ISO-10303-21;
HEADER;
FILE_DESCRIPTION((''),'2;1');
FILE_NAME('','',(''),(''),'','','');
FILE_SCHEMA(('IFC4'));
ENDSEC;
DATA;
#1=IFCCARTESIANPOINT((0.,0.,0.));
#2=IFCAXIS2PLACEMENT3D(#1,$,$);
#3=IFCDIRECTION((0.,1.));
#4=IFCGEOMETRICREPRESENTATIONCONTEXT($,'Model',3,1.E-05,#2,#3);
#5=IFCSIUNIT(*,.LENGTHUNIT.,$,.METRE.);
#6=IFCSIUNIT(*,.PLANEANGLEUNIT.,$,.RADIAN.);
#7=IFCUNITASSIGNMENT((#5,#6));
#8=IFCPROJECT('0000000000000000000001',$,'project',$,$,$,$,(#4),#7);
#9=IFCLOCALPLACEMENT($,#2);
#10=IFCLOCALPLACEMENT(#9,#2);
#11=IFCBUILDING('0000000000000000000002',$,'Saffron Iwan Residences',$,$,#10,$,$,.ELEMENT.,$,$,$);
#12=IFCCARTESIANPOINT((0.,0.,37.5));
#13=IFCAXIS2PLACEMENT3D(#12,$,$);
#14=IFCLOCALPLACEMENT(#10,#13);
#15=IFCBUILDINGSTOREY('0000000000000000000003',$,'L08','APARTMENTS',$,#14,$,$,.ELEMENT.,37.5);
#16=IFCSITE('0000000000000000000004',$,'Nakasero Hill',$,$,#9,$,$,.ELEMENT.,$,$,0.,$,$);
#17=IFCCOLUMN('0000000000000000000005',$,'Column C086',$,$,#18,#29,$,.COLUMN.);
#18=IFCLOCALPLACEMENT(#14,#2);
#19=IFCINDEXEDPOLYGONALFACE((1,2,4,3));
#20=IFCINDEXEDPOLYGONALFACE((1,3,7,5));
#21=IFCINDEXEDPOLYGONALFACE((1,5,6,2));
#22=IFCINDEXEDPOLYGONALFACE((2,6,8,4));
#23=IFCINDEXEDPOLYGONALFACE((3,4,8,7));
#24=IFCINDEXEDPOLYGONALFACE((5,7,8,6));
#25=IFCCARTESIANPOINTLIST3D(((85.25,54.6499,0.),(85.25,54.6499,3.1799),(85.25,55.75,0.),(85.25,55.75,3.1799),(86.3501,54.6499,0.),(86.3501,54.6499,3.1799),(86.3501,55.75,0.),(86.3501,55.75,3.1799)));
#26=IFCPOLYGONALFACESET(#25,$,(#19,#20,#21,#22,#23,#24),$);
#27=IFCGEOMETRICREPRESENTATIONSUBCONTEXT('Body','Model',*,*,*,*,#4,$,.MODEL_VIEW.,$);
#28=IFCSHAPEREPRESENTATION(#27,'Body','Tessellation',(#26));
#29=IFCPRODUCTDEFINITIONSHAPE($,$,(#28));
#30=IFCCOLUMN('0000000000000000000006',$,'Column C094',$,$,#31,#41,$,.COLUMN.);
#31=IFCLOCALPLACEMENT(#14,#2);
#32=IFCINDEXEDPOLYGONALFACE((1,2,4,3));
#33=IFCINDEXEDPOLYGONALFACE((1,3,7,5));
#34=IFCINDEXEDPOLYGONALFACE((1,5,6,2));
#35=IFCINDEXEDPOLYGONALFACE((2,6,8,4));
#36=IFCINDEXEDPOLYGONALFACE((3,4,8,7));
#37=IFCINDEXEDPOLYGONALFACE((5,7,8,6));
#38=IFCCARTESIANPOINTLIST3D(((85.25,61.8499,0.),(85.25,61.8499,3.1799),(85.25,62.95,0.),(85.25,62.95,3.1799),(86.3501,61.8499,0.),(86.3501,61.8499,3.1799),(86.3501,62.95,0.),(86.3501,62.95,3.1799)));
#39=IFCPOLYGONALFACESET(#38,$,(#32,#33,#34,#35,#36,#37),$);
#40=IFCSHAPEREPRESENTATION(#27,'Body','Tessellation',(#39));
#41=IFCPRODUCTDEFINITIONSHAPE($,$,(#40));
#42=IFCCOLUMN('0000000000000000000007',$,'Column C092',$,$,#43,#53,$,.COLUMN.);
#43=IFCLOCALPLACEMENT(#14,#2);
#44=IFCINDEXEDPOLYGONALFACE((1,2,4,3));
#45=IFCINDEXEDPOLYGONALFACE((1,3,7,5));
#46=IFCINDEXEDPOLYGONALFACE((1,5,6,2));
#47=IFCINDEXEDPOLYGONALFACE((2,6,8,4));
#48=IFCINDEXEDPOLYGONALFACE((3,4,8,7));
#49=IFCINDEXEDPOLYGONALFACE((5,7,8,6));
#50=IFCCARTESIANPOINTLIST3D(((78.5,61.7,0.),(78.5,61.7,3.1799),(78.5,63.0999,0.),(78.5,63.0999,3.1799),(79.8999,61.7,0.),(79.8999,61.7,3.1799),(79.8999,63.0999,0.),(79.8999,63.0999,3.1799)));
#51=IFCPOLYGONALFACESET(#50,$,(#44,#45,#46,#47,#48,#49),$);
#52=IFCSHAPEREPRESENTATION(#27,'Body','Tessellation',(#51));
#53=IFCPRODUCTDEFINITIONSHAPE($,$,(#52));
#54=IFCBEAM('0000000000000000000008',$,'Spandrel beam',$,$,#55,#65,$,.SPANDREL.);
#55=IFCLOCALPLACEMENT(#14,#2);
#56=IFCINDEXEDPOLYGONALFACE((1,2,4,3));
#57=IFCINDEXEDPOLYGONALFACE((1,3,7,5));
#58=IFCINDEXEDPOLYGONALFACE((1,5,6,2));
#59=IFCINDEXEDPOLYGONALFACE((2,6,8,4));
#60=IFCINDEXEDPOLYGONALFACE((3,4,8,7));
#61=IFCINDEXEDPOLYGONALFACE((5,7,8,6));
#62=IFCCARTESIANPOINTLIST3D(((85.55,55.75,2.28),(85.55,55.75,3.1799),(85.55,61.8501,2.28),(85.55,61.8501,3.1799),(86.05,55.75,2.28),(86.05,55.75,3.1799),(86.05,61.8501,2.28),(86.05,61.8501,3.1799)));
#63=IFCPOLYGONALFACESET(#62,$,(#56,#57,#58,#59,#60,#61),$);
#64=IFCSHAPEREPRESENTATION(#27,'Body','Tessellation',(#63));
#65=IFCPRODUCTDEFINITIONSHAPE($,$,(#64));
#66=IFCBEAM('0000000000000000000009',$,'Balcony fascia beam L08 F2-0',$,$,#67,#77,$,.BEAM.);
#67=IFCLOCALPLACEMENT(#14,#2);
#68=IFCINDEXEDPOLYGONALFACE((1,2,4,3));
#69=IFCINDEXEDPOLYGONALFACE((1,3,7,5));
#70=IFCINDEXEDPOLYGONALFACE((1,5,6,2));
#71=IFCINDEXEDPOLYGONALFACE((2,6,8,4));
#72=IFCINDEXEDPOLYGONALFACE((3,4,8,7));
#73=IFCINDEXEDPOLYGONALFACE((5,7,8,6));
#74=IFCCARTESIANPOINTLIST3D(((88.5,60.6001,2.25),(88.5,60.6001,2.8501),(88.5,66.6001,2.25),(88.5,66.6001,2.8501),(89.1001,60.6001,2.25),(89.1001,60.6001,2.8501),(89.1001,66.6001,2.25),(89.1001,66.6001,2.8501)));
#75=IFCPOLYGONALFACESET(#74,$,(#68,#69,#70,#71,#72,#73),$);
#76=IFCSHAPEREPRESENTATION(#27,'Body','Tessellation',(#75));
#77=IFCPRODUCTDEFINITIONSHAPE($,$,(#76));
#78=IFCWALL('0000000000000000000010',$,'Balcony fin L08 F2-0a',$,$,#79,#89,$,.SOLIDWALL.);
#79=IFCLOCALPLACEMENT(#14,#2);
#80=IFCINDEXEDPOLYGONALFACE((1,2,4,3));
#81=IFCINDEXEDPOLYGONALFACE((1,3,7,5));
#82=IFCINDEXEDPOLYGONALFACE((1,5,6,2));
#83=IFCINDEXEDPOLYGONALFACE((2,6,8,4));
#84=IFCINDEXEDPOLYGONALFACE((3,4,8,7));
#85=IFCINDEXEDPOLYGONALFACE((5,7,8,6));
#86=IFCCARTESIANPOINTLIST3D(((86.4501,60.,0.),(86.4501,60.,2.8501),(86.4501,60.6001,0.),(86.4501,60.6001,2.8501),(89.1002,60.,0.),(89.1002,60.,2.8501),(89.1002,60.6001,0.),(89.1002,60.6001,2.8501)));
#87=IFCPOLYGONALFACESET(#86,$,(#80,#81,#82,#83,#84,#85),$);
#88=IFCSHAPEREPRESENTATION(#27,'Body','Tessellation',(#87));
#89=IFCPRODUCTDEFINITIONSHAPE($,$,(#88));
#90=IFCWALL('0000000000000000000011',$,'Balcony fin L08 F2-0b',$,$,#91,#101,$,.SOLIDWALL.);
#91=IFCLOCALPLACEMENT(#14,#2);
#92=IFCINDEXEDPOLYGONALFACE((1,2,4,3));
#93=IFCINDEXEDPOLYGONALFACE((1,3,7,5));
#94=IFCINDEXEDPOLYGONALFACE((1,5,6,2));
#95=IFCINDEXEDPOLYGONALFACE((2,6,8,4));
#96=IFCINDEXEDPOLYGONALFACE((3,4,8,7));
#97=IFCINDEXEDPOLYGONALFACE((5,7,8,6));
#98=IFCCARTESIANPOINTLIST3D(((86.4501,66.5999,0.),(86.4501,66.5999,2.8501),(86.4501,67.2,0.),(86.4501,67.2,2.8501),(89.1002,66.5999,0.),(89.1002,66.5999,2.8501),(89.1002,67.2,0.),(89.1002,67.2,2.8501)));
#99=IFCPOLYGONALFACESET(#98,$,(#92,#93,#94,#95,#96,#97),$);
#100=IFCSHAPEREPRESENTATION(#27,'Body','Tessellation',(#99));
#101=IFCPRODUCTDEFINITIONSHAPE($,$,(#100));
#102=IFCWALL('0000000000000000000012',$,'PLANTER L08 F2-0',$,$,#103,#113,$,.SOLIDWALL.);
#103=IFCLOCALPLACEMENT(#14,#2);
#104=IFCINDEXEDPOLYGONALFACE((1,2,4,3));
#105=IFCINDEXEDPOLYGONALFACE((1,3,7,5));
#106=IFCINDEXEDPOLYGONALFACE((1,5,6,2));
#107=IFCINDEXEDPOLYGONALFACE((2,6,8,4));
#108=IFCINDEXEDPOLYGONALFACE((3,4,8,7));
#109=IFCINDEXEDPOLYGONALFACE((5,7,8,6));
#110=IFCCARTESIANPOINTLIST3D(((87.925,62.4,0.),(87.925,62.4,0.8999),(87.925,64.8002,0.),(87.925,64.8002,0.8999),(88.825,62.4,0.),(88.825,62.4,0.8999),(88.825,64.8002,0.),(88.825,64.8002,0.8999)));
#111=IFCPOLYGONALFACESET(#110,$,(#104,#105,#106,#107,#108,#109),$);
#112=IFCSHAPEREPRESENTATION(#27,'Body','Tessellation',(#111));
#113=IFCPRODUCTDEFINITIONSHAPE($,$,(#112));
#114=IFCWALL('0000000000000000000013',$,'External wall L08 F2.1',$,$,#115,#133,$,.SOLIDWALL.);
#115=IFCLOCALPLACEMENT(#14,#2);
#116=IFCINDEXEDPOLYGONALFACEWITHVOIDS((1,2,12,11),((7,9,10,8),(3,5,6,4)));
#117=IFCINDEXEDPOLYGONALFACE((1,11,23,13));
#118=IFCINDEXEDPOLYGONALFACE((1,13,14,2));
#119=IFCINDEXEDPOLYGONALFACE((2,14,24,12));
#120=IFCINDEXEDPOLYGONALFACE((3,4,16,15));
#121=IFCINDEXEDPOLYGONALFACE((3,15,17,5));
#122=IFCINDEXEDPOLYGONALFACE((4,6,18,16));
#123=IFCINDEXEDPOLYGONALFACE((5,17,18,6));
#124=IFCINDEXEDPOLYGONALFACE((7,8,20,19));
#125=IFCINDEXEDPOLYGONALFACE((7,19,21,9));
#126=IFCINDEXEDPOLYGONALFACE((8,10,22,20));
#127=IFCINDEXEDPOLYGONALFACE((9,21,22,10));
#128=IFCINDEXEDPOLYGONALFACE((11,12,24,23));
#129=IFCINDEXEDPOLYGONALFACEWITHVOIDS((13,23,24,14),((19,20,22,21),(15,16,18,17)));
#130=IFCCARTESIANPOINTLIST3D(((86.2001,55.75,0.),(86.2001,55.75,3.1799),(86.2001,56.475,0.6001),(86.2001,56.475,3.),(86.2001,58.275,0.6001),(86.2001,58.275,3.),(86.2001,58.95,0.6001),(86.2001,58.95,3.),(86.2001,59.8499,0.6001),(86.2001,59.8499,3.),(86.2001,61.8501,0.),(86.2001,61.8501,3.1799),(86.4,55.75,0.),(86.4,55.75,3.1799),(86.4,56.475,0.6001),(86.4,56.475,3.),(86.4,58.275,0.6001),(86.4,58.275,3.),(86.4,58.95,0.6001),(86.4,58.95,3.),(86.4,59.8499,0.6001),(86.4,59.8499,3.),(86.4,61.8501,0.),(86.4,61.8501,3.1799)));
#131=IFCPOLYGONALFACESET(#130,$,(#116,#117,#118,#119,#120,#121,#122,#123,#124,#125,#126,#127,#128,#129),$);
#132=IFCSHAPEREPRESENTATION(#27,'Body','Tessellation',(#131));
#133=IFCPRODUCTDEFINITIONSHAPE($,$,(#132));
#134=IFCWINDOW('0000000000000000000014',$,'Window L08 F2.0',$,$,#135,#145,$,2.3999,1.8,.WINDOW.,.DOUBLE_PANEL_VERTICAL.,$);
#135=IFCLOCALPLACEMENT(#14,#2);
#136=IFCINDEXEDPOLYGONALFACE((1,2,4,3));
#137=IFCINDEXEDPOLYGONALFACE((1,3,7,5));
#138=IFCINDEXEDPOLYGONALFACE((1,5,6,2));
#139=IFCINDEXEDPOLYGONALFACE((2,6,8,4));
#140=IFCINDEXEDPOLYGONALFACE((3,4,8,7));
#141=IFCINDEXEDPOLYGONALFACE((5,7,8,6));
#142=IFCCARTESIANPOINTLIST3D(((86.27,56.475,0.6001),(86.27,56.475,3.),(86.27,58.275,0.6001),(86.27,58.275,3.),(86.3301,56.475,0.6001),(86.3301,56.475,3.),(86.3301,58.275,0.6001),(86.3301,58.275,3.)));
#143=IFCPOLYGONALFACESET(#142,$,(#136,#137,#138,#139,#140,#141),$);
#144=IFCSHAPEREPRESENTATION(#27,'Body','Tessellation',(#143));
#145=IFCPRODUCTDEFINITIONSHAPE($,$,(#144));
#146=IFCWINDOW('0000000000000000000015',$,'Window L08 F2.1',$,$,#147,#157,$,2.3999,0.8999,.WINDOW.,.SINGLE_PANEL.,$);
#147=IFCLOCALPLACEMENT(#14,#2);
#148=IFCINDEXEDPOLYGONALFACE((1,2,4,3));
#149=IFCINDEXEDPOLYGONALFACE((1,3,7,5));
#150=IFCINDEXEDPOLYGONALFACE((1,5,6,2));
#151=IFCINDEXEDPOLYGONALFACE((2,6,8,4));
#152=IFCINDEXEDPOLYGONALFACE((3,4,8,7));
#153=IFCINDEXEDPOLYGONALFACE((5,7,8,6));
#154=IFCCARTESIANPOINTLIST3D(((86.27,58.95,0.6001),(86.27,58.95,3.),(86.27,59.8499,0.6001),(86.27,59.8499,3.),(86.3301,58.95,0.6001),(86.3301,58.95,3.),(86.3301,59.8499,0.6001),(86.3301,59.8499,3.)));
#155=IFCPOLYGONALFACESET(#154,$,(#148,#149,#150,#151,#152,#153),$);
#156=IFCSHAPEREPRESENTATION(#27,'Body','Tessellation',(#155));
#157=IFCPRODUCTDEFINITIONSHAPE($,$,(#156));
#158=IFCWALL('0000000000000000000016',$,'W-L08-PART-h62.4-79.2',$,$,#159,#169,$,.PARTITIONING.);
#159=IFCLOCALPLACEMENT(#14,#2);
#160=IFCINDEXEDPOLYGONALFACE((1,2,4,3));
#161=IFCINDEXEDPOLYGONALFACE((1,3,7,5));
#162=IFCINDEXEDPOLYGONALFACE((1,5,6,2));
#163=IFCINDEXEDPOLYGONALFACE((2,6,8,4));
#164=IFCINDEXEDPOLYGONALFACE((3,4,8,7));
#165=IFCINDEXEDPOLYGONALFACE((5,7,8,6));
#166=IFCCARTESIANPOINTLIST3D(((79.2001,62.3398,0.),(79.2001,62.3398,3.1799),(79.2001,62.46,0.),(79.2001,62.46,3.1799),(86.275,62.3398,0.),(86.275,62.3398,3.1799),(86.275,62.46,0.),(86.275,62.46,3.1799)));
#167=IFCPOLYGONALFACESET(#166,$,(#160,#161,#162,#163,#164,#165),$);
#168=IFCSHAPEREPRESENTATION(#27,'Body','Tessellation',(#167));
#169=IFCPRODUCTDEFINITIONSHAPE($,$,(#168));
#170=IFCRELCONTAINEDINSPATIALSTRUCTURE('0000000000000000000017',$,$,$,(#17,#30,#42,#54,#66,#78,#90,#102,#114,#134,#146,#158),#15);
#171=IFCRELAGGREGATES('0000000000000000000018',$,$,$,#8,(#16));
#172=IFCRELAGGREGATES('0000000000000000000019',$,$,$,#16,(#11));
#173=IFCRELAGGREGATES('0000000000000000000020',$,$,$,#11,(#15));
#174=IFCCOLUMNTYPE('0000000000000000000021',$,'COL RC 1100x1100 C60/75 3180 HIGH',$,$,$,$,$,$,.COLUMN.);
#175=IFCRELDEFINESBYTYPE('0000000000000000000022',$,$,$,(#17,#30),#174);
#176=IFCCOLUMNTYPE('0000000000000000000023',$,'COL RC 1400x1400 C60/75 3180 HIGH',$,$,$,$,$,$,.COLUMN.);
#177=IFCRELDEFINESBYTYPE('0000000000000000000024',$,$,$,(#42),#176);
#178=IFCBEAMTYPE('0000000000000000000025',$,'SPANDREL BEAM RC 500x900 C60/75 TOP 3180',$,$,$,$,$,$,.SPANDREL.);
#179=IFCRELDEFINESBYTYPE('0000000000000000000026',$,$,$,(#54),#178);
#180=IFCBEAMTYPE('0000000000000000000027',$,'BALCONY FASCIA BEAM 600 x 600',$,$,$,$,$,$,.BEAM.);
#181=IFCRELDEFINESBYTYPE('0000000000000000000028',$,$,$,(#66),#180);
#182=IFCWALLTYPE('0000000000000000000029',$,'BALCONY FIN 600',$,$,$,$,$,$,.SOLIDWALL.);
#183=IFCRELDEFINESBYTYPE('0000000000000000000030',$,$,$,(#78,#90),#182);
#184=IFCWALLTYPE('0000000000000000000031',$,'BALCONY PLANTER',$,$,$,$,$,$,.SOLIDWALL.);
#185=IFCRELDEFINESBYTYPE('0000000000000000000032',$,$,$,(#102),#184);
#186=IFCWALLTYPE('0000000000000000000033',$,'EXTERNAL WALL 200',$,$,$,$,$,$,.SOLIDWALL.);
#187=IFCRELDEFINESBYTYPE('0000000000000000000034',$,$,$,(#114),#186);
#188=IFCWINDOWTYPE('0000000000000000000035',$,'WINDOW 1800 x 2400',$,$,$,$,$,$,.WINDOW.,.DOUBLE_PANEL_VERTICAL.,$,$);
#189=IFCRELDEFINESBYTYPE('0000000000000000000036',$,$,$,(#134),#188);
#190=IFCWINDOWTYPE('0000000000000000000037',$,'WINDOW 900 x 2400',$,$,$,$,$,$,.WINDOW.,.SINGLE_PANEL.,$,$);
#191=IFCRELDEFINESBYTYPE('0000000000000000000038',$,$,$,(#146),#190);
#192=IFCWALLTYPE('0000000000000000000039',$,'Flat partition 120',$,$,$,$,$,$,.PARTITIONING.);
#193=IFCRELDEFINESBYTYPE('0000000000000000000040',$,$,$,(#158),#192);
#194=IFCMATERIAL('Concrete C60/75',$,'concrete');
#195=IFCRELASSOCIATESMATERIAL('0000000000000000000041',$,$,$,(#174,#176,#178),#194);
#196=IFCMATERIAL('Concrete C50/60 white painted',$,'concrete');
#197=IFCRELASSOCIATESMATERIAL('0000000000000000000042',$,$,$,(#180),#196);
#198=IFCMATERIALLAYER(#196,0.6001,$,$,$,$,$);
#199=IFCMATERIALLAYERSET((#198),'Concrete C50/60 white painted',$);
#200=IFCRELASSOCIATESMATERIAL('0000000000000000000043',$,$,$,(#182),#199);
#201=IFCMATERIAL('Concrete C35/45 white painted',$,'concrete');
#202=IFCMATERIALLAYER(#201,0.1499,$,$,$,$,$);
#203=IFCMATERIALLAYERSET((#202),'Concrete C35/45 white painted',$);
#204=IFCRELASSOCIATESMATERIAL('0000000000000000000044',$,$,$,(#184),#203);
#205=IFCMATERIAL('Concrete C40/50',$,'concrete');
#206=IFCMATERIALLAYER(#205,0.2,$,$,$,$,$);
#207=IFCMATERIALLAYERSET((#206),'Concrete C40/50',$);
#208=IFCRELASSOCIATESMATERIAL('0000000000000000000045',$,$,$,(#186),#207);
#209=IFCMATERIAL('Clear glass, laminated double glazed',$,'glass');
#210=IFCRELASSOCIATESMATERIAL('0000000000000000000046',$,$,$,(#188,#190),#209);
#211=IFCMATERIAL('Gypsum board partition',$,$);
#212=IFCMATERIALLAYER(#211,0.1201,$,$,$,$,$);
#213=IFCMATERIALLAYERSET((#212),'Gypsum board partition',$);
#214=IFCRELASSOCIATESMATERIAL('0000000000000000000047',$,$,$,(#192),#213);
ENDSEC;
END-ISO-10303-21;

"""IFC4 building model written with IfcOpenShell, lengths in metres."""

from ifc_helpers import new_model, si_unit, direction, frame, frame_2d, origin, origin_2d, place, context, subcontext, project, spatial, rectangle, extrude, source, transform, mapped, material, layer, layer_set, material_profile, profile_set, type_object, element, fill, save


model = new_model("IFC4")

# Units and contexts
model_context = context("Model", 3, precision=1e-05, world=origin(), true_north=direction((0.0, 1.0)))
body_context = subcontext(model_context, "Body", "Model", "MODEL_VIEW")
ifc_project = project(units=[si_unit("LENGTHUNIT", "METRE"), si_unit("PLANEANGLEUNIT", "RADIAN")], contexts=[model_context])

# Site, building, storey
site_placement = place(None, origin())
site = spatial("IfcSite", under=ifc_project, at=site_placement, Name="Nakasero Hill", CompositionType="ELEMENT", RefElevation=0.0)
building_placement = place(site_placement, origin())
building = spatial("IfcBuilding", under=site, at=building_placement, Name="Saffron Iwan Residences", CompositionType="ELEMENT")
storey_placement = place(building_placement, frame((0.0, 0.0, 37.5)))
storey = spatial("IfcBuildingStorey", under=building, at=storey_placement, Name="L08", Description="APARTMENTS", CompositionType="ELEMENT", Elevation=37.5)

# Columns
ifc_material_1 = material(Name="Concrete C60/75", Category="concrete")
ifc_material_profile_1 = material_profile(ifc_material_1, rectangle(XDim=1.1001, YDim=1.1001, at=origin_2d()), Name="RC 1100x1100")
ifc_profile_set_1 = profile_set([ifc_material_profile_1], Name="Concrete C60/75")
column_type_1 = type_object("IfcColumnType", Name="COL RC 1100x1100 C60/75 3180 HIGH", PredefinedType="COLUMN", material=ifc_profile_set_1)
shared_shape_1 = source(origin(), body_context, "Body", "SweptSolid", [
    extrude(rectangle(XDim=1.1001, YDim=1.1001, at=origin_2d()), origin(), (0.0, 0.0, 1.0), 3.1799),
])
for number, where, z_axis, x_axis, name in (
    (1, (85.8, 55.2, 0.0), (0.0, 0.0, 1.0), (1.0, 0.0, 0.0), "Column C086"),
    (2, (85.8, 62.3999, 0.0), (0.0, 0.0, 1.0), (1.0, 0.0, 0.0), "Column C094"),
):
    element("IfcColumn", number, at=place(storey_placement, frame(where, z_axis=z_axis, x_axis=x_axis)), inside=storey, type_object=column_type_1, Name=name, PredefinedType="COLUMN", context=body_context, shape_type="MappedRepresentation", body=[
        mapped(shared_shape_1, transform((0.0, 0.0, 0.0))),
    ])
ifc_material_profile_2 = material_profile(ifc_material_1, rectangle(XDim=1.3999, YDim=1.3999, at=origin_2d()), Name="RC 1400x1400")
ifc_profile_set_2 = profile_set([ifc_material_profile_2], Name="Concrete C60/75")
column_type_2 = type_object("IfcColumnType", Name="COL RC 1400x1400 C60/75 3180 HIGH", PredefinedType="COLUMN", material=ifc_profile_set_2)
shared_shape_2 = source(origin(), body_context, "Body", "SweptSolid", [
    extrude(rectangle(XDim=1.3999, YDim=1.3999, at=origin_2d()), origin(), (0.0, 0.0, 1.0), 3.1799),
])
column_placement = place(storey_placement, frame((79.2, 62.3999, 0.0), z_axis=(0.0, 0.0, 1.0), x_axis=(1.0, 0.0, 0.0)))
element("IfcColumn", 3, at=column_placement, inside=storey, type_object=column_type_2, Name="Column C092", PredefinedType="COLUMN", context=body_context, shape_type="MappedRepresentation", body=[
    mapped(shared_shape_2, transform((0.0, 0.0, 0.0))),
])

# Beams
ifc_material_profile_3 = material_profile(ifc_material_1, rectangle(XDim=0.5, YDim=0.8999, at=origin_2d()), Name="RC 500x900")
ifc_profile_set_3 = profile_set([ifc_material_profile_3], Name="Concrete C60/75")
beam_type_1 = type_object("IfcBeamType", Name="SPANDREL BEAM RC 500x900 C60/75 TOP 3180", PredefinedType="SPANDREL", material=ifc_profile_set_3)
shared_shape_3 = source(origin(), body_context, "Body", "SweptSolid", [
    extrude(rectangle(XDim=0.5, YDim=0.8999, at=origin_2d()), origin(), (0.0, 0.0, 1.0), 6.1001),
])
beam_1_placement = place(storey_placement, frame((85.8, 61.8501, 2.73), z_axis=(0.0, -1.0, 0.0), x_axis=(1.0, 0.0, 0.0)))
element("IfcBeam", 4, at=beam_1_placement, inside=storey, type_object=beam_type_1, Name="Spandrel beam", PredefinedType="SPANDREL", context=body_context, shape_type="MappedRepresentation", body=[
    mapped(shared_shape_3, transform((0.0, 0.0, 0.0))),
])
ifc_material_2 = material(Name="Concrete C50/60 white painted", Category="concrete")
ifc_material_profile_4 = material_profile(ifc_material_2, rectangle(XDim=0.6001, YDim=0.6001, at=origin_2d()), Name="BALCONY FASCIA BEAM 600 x 600")
ifc_profile_set_4 = profile_set([ifc_material_profile_4], Name="Concrete C50/60 white painted")
beam_type_2 = type_object("IfcBeamType", Name="BALCONY FASCIA BEAM 600 x 600", PredefinedType="BEAM", material=ifc_profile_set_4)
shared_shape_4 = source(origin(), body_context, "Body", "SweptSolid", [
    extrude(rectangle(XDim=0.6001, YDim=0.6001, at=origin_2d()), origin(), (0.0, 0.0, 1.0), 6.0),
])
beam_2_placement = place(storey_placement, frame((88.8, 60.6001, 2.55), z_axis=(0.0, 1.0, 0.0), x_axis=(-1.0, 0.0, 0.0)))
element("IfcBeam", 5, at=beam_2_placement, inside=storey, type_object=beam_type_2, Name="Balcony fascia beam L08 F2-0", PredefinedType="BEAM", context=body_context, shape_type="MappedRepresentation", body=[
    mapped(shared_shape_4, transform((0.0, 0.0, 0.0))),
])

# Walls
ifc_layer_1 = layer(ifc_material_2, 0.6001)
ifc_layer_set_1 = layer_set([ifc_layer_1], Name="Concrete C50/60 white painted")
wall_type_1 = type_object("IfcWallType", Name="BALCONY FIN 600", PredefinedType="SOLIDWALL", material=ifc_layer_set_1)
for number, where, z_axis, x_axis, name in (
    (6, (86.45, 60.3, 0.0), (0.0, 0.0, 1.0), (1.0, 0.0, 0.0), "Balcony fin L08 F2-0a"),
    (7, (86.45, 66.8999, 0.0), (0.0, 0.0, 1.0), (1.0, 0.0, 0.0), "Balcony fin L08 F2-0b"),
):
    element("IfcWall", number, at=place(storey_placement, frame(where, z_axis=z_axis, x_axis=x_axis)), inside=storey, type_object=wall_type_1, Name=name, PredefinedType="SOLIDWALL", context=body_context, shape_type="SweptSolid", body=[
        extrude(rectangle(XDim=2.6501, YDim=0.6001, at=frame_2d((1.3252, 0.0))), origin(), (0.0, 0.0, 1.0), 2.8501),
    ])
ifc_material_3 = material(Name="Concrete C35/45 white painted", Category="concrete")
ifc_layer_2 = layer(ifc_material_3, 0.1499)
ifc_layer_set_2 = layer_set([ifc_layer_2], Name="Concrete C35/45 white painted")
wall_type_2 = type_object("IfcWallType", Name="BALCONY PLANTER", PredefinedType="SOLIDWALL", material=ifc_layer_set_2)
wall_1_placement = place(storey_placement, frame((88.375, 62.3999, 0.0), z_axis=(0.0, 0.0, 1.0), x_axis=(0.0, 1.0, 0.0)))
element("IfcWall", 8, at=wall_1_placement, inside=storey, type_object=wall_type_2, Name="PLANTER L08 F2-0", PredefinedType="SOLIDWALL", context=body_context, shape_type="SweptSolid", body=[
    extrude(rectangle(XDim=2.4001, YDim=0.8999, at=frame_2d((1.2002, 0.0))), origin(), (0.0, 0.0, 1.0), 0.8999),
])

# Wall, openings, windows
ifc_material_4 = material(Name="Concrete C40/50", Category="concrete")
ifc_layer_3 = layer(ifc_material_4, 0.2)
ifc_layer_set_3 = layer_set([ifc_layer_3], Name="Concrete C40/50")
wall_type_3 = type_object("IfcWallType", Name="EXTERNAL WALL 200", PredefinedType="SOLIDWALL", material=ifc_layer_set_3)
wall_2_placement = place(storey_placement, frame((86.3, 55.75, 0.0), z_axis=(0.0, 0.0, 1.0), x_axis=(0.0, 1.0, 0.0)))
wall_2 = element("IfcWall", 9, at=wall_2_placement, inside=storey, type_object=wall_type_3, Name="External wall L08 F2.1", PredefinedType="SOLIDWALL", context=body_context, shape_type="SweptSolid", body=[
    extrude(rectangle(XDim=6.1001, YDim=0.2, at=frame_2d((3.05, 0.0))), origin(), (0.0, 0.0, 1.0), 3.1799),
])
opening_1_placement = place(wall_2_placement, frame((0.7251, 0.0, 0.6001)))
opening_1 = element("IfcOpeningElement", 10, at=opening_1_placement, cuts=wall_2, PredefinedType="OPENING", context=body_context, shape_type="SweptSolid", body=[
    extrude(rectangle(XDim=1.8, YDim=2.3999, at=frame_2d((0.8999, 1.2))), frame((0.0, 0.1099, 0.0), z_axis=(0.0, -1.0, 0.0), x_axis=(1.0, 0.0, 0.0)), (0.0, 0.0, 1.0), 0.22),
])
opening_2_placement = place(wall_2_placement, frame((3.2, 0.0, 0.6001)))
opening_2 = element("IfcOpeningElement", 11, at=opening_2_placement, cuts=wall_2, PredefinedType="OPENING", context=body_context, shape_type="SweptSolid", body=[
    extrude(rectangle(XDim=0.8999, YDim=2.3999, at=frame_2d((0.45, 1.2))), frame((0.0, 0.1099, 0.0), z_axis=(0.0, -1.0, 0.0), x_axis=(1.0, 0.0, 0.0)), (0.0, 0.0, 1.0), 0.22),
])
ifc_material_5 = material(Name="Clear glass, laminated double glazed", Category="glass")
window_type_1 = type_object("IfcWindowType", Name="WINDOW 1800 x 2400", PartitioningType="DOUBLE_PANEL_VERTICAL", PredefinedType="WINDOW", material=ifc_material_5)
window_1_placement = place(opening_1_placement, origin())
window_1 = element("IfcWindow", 12, at=window_1_placement, inside=storey, type_object=window_type_1, Name="Window L08 F2.0", OverallHeight=2.3999, OverallWidth=1.8, PartitioningType="DOUBLE_PANEL_VERTICAL", PredefinedType="WINDOW", context=body_context, shape_type="SweptSolid", body=[
    extrude(rectangle(XDim=1.8, YDim=2.3999, at=frame_2d((0.8999, 1.2))), frame((0.0, 0.03, 0.0), z_axis=(0.0, -1.0, 0.0), x_axis=(1.0, 0.0, 0.0)), (0.0, 0.0, 1.0), 0.0601),
])
fill(opening_1, window_1)
window_type_2 = type_object("IfcWindowType", Name="WINDOW 900 x 2400", PartitioningType="SINGLE_PANEL", PredefinedType="WINDOW", material=ifc_material_5)
window_2_placement = place(opening_2_placement, origin())
window_2 = element("IfcWindow", 13, at=window_2_placement, inside=storey, type_object=window_type_2, Name="Window L08 F2.1", OverallHeight=2.3999, OverallWidth=0.8999, PartitioningType="SINGLE_PANEL", PredefinedType="WINDOW", context=body_context, shape_type="SweptSolid", body=[
    extrude(rectangle(XDim=0.8999, YDim=2.3999, at=frame_2d((0.45, 1.2))), frame((0.0, 0.03, 0.0), z_axis=(0.0, -1.0, 0.0), x_axis=(1.0, 0.0, 0.0)), (0.0, 0.0, 1.0), 0.0601),
])
fill(opening_2, window_2)

# Wall
ifc_material_6 = material(Name="Gypsum board partition")
ifc_layer_4 = layer(ifc_material_6, 0.1201)
ifc_layer_set_4 = layer_set([ifc_layer_4], Name="Gypsum board partition")
wall_type_4 = type_object("IfcWallType", Name="Flat partition 120", PredefinedType="PARTITIONING", material=ifc_layer_set_4)
wall_3_placement = place(storey_placement, frame((79.2, 62.3999, 0.0), z_axis=(0.0, 0.0, 1.0), x_axis=(1.0, 0.0, 0.0)))
element("IfcWall", 14, at=wall_3_placement, inside=storey, type_object=wall_type_4, Name="W-L08-PART-h62.4-79.2", PredefinedType="PARTITIONING", context=body_context, shape_type="SweptSolid", body=[
    extrude(rectangle(XDim=7.075, YDim=0.1201, at=frame_2d((3.5376, 0.0))), origin(), (0.0, 0.0, 1.0), 3.1799),
])

save(model, "model.ifc")
